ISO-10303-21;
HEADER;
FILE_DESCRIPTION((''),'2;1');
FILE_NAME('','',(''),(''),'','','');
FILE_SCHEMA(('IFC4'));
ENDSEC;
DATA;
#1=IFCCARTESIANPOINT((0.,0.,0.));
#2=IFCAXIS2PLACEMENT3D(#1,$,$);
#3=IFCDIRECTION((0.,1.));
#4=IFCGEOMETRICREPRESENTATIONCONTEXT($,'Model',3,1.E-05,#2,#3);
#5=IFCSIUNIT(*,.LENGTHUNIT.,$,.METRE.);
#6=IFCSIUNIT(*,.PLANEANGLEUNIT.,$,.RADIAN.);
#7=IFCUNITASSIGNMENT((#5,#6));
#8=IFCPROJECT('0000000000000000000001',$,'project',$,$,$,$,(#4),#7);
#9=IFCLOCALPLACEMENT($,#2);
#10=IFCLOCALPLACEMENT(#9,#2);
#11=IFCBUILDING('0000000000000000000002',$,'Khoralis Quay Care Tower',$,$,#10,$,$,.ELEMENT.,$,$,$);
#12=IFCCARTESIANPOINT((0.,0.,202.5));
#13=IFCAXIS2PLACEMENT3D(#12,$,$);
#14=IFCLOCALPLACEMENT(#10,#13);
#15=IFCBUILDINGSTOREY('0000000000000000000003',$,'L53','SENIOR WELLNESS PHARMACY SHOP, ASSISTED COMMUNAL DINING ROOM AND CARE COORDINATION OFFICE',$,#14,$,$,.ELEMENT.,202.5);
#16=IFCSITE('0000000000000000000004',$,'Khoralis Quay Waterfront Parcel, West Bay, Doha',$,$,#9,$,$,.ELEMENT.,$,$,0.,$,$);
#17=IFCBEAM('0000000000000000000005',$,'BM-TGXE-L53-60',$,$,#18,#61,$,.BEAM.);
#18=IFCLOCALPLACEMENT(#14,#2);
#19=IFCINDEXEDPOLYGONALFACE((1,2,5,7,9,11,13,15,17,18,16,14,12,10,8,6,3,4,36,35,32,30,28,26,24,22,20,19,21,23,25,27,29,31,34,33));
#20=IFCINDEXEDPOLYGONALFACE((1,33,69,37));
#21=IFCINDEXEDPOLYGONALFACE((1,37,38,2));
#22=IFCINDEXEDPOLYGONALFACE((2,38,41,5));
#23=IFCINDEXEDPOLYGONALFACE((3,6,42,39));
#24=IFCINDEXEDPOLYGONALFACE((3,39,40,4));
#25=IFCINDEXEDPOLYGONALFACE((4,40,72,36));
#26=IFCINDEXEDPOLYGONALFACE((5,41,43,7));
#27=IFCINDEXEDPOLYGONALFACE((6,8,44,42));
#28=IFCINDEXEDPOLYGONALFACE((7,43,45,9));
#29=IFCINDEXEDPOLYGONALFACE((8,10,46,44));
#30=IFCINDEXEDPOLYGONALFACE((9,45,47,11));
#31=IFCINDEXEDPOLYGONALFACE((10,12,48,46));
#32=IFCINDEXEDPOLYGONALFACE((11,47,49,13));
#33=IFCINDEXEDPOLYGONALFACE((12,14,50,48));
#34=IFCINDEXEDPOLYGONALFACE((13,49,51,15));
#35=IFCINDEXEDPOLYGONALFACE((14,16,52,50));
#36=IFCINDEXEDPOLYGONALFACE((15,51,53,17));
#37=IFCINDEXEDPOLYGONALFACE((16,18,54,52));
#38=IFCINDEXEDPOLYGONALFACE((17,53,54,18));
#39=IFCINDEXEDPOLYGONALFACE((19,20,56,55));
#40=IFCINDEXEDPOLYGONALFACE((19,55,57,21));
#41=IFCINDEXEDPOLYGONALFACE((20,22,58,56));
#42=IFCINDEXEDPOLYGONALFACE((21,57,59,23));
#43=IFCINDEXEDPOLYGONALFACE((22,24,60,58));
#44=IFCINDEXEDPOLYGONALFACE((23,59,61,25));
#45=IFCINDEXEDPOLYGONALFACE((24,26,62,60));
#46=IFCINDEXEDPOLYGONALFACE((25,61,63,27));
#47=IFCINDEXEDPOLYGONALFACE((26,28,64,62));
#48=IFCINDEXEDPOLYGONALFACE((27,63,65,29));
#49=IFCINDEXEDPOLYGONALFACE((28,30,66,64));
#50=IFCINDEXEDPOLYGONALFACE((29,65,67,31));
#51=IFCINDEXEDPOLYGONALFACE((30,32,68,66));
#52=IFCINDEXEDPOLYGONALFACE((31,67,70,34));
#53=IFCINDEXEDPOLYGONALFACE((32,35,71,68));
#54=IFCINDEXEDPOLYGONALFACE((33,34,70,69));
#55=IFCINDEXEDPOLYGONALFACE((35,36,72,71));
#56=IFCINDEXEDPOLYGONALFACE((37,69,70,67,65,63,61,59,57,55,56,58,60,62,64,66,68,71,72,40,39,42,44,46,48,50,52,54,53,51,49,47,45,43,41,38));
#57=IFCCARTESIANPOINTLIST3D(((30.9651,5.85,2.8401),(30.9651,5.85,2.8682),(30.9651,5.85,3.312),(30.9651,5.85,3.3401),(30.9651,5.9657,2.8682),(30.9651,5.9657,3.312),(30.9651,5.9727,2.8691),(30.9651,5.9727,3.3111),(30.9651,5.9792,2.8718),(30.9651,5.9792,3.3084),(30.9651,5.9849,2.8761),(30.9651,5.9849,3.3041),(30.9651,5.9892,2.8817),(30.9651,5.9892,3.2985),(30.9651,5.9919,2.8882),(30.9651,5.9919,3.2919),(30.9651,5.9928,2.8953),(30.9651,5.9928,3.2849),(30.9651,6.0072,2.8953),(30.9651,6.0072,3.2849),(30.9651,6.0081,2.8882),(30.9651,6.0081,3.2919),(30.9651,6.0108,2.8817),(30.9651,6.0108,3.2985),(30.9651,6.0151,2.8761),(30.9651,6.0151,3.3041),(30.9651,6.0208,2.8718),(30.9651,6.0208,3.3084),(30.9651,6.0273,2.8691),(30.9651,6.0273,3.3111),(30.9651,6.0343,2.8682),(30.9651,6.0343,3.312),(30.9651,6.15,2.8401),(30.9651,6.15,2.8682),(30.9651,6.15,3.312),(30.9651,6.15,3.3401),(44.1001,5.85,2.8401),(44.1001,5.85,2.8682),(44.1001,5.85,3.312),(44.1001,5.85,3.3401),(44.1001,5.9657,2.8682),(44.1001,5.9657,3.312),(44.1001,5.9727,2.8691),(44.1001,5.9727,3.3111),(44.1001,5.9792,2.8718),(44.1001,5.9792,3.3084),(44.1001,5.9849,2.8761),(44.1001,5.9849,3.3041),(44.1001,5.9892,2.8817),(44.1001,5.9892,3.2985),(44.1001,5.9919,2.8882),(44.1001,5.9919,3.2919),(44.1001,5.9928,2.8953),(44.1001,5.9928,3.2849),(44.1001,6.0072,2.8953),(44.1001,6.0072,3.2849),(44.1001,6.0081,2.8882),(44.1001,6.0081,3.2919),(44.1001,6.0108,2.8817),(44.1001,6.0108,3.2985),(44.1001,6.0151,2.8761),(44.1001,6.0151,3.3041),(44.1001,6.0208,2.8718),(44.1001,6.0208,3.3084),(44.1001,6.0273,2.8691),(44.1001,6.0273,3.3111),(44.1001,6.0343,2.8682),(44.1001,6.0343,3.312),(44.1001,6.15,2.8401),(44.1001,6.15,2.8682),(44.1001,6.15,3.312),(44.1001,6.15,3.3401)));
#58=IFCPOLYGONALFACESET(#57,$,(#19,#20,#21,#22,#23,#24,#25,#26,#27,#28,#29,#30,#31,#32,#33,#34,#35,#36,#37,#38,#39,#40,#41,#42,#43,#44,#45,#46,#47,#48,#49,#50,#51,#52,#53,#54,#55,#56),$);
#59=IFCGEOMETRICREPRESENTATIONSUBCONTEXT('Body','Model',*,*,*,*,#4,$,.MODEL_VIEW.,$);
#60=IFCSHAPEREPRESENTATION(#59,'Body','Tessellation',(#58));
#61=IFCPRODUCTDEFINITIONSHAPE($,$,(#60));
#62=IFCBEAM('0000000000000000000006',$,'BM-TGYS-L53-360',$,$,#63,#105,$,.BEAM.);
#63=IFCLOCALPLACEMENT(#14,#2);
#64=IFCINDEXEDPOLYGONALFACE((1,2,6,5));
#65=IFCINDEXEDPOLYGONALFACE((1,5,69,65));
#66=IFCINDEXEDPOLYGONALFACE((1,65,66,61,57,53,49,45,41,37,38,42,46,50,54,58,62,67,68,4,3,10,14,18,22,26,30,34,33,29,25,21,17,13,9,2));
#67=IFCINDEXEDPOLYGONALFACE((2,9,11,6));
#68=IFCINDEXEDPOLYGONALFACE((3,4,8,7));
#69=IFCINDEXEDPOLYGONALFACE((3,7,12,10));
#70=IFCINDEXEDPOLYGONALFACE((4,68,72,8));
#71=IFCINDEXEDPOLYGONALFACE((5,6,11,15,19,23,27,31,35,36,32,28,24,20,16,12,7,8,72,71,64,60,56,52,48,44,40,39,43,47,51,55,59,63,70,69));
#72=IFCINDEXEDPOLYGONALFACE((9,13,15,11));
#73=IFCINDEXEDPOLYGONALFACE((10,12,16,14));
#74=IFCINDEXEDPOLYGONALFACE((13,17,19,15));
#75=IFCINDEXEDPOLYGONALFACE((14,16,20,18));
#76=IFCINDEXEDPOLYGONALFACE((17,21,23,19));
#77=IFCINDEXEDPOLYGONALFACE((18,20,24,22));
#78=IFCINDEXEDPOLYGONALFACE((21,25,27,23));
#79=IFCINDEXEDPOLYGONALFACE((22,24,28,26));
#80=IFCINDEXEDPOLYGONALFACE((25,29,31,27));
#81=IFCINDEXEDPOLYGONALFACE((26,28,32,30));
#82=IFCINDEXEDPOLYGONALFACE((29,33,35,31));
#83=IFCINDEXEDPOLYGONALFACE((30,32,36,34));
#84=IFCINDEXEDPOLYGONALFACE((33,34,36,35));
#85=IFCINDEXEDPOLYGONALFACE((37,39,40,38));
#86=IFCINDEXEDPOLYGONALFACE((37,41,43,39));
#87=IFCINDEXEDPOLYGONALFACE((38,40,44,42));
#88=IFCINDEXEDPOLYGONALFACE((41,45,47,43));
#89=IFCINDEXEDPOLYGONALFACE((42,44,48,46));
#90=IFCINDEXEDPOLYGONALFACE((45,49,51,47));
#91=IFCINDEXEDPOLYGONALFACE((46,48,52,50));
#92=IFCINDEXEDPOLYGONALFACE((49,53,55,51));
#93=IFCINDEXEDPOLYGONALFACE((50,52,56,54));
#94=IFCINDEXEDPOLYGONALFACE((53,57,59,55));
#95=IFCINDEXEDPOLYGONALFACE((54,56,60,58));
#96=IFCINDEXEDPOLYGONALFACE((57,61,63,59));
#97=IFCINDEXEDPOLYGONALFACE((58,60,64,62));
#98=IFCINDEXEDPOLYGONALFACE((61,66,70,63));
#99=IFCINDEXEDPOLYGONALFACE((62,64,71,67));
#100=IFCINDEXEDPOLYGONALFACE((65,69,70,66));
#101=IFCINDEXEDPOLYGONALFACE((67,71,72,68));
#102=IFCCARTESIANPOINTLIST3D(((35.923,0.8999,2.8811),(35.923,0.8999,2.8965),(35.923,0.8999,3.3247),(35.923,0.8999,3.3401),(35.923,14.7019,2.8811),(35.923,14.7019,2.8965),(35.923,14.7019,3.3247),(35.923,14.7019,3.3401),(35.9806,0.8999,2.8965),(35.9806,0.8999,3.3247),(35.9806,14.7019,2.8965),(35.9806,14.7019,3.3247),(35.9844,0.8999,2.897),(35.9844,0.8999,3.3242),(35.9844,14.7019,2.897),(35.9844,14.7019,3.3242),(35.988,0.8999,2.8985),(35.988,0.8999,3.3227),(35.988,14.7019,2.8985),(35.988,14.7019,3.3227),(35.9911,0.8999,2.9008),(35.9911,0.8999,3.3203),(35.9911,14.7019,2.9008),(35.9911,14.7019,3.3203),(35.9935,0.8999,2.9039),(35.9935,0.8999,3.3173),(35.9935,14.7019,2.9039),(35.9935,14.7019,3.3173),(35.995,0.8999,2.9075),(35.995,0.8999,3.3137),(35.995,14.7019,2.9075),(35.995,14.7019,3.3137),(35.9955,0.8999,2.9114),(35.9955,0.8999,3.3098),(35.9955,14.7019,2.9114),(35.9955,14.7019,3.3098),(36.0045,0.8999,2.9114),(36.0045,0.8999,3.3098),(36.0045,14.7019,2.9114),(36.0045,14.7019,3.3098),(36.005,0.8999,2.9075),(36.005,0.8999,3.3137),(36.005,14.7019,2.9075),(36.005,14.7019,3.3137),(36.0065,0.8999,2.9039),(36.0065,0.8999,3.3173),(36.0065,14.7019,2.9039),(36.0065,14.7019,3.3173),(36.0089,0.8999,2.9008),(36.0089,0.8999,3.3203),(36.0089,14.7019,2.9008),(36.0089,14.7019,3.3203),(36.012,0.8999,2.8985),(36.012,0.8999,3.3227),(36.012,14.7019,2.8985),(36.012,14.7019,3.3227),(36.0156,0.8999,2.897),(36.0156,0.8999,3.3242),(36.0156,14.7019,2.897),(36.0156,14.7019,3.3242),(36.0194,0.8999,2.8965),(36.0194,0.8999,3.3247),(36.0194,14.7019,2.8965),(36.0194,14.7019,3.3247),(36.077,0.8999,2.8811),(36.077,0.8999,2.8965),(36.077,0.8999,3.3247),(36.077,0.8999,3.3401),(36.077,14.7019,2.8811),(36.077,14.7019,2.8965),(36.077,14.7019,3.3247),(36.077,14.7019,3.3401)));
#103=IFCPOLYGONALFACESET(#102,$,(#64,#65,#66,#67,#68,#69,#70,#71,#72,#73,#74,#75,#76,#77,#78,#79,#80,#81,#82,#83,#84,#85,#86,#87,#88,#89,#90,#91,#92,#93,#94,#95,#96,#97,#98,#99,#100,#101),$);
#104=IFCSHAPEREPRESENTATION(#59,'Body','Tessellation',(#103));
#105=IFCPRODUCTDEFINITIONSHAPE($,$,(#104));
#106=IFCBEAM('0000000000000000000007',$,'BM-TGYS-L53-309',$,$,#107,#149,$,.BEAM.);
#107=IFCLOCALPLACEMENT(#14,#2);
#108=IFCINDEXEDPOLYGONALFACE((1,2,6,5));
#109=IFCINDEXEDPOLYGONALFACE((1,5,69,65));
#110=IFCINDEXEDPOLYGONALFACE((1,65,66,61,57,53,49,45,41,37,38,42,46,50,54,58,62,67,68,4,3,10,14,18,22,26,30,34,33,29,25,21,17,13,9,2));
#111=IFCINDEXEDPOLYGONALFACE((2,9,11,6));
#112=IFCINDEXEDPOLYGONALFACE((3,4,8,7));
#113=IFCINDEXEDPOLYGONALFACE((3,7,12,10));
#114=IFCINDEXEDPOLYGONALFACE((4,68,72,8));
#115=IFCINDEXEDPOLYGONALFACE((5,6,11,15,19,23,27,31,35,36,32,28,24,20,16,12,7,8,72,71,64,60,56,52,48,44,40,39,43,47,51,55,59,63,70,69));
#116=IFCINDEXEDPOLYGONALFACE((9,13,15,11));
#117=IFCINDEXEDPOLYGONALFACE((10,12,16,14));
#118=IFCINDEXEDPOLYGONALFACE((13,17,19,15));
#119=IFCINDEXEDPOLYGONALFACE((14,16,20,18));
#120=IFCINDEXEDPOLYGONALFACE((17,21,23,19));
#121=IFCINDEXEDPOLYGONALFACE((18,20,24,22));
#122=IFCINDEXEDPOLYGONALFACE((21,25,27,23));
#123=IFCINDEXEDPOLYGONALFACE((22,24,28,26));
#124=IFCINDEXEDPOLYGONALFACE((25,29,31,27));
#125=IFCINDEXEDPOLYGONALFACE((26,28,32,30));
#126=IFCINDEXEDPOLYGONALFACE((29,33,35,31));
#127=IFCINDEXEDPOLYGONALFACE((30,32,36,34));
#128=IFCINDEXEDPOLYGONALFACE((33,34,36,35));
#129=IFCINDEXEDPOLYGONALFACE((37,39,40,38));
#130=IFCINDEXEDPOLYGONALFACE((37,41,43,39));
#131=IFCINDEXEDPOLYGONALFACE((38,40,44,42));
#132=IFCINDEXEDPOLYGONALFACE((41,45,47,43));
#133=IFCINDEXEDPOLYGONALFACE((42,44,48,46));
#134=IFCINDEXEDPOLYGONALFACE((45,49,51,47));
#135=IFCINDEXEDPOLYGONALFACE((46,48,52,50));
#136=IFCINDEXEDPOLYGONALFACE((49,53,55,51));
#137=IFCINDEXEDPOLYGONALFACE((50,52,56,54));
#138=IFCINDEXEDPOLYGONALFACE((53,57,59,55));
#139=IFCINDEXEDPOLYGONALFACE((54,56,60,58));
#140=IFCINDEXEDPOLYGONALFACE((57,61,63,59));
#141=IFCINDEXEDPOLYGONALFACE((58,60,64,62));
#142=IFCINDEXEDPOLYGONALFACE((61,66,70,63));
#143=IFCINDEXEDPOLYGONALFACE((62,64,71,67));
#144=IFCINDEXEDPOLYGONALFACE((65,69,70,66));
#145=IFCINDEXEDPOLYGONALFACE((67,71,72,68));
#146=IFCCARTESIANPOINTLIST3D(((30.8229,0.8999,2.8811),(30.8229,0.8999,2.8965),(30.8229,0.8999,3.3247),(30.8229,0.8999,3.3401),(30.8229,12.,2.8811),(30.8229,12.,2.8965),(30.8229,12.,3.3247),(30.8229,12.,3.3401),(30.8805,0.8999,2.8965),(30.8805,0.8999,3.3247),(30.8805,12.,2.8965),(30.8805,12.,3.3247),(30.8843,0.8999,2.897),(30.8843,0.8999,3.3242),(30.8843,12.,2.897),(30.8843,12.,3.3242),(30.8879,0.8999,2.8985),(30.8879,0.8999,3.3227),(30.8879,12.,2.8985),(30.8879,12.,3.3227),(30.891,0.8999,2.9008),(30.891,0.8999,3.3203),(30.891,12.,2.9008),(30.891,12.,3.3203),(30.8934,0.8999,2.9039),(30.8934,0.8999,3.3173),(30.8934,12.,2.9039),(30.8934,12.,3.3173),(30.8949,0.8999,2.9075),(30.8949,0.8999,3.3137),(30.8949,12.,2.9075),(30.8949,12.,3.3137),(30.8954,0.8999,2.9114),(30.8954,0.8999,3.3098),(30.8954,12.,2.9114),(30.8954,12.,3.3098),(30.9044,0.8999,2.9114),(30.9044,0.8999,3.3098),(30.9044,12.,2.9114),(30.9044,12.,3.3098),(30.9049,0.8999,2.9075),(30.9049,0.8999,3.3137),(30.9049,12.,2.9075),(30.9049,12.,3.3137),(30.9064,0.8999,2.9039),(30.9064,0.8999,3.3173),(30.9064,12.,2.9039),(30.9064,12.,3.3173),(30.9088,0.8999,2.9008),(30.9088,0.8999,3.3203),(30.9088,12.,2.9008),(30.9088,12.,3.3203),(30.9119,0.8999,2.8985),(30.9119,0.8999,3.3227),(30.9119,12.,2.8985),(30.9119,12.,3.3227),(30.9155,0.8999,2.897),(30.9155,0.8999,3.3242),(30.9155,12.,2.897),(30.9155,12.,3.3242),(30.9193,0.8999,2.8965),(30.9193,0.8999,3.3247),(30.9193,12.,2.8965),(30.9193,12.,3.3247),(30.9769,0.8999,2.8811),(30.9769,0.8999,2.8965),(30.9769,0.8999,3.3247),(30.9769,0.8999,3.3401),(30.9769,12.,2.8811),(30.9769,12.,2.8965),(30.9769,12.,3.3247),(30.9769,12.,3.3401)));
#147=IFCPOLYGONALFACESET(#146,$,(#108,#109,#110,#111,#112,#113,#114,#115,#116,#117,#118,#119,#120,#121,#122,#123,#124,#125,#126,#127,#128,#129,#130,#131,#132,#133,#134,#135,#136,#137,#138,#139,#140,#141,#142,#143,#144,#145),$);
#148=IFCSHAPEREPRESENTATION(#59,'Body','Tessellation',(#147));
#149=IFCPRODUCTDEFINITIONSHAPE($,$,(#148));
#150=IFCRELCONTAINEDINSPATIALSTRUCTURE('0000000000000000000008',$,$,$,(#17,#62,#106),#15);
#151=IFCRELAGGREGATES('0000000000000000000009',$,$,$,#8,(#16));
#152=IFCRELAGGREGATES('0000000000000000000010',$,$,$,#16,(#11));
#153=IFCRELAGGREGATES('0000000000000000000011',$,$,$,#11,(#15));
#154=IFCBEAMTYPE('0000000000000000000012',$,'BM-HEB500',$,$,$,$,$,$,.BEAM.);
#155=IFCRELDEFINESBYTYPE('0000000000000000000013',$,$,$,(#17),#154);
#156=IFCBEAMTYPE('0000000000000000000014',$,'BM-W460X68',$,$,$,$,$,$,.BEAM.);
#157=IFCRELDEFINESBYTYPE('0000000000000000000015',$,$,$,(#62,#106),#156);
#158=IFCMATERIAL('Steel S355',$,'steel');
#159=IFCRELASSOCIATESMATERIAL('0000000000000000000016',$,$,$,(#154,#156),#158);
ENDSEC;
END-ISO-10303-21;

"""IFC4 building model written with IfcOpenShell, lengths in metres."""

from ifc_helpers import new_model, si_unit, direction, frame, origin, origin_2d, place, context, subcontext, project, spatial, i_section, extrude, source, transform, mapped, material, material_profile, profile_set, type_object, element, save


model = new_model("IFC4")

# Units and contexts
model_context = context("Model", 3, precision=1e-05, world=origin(), true_north=direction((0.0, 1.0)))
body_context = subcontext(model_context, "Body", "Model", "MODEL_VIEW")
ifc_project = project(units=[si_unit("LENGTHUNIT", "METRE"), si_unit("PLANEANGLEUNIT", "RADIAN")], contexts=[model_context])

# Site, building, storey
site_placement = place(None, origin())
site = spatial("IfcSite", under=ifc_project, at=site_placement, Name="Khoralis Quay Waterfront Parcel, West Bay, Doha", CompositionType="ELEMENT", RefElevation=0.0)
building_placement = place(site_placement, origin())
building = spatial("IfcBuilding", under=site, at=building_placement, Name="Khoralis Quay Care Tower", CompositionType="ELEMENT")
storey_placement = place(building_placement, frame((0.0, 0.0, 202.5)))
storey = spatial("IfcBuildingStorey", under=building, at=storey_placement, Name="L53", Description="SENIOR WELLNESS PHARMACY SHOP, ASSISTED COMMUNAL DINING ROOM AND CARE COORDINATION OFFICE", CompositionType="ELEMENT", Elevation=202.5)

# Beams
ifc_material_1 = material(Name="Steel S355", Category="steel")
ifc_material_profile_1 = material_profile(ifc_material_1, i_section(OverallWidth=0.3, OverallDepth=0.5, WebThickness=0.0144, FlangeThickness=0.0281, FilletRadius=0.0271, at=origin_2d()), Name="Steel S355")
ifc_profile_set_1 = profile_set([ifc_material_profile_1], Name="Steel S355")
beam_type_1 = type_object("IfcBeamType", Name="BM-HEB500", PredefinedType="BEAM", material=ifc_profile_set_1)
shared_shape_1 = source(origin(), body_context, "Body", "SweptSolid", [
    extrude(i_section(OverallWidth=0.3, OverallDepth=0.5, WebThickness=0.0144, FlangeThickness=0.0281, FilletRadius=0.0271, at=origin_2d()), origin(), (0.0, 0.0, 1.0), 13.135),
])
beam_1_placement = place(storey_placement, frame((30.9651, 6.0, 3.0901), z_axis=(1.0, 0.0, 0.0), x_axis=(0.0, 1.0, 0.0)))
element("IfcBeam", 1, at=beam_1_placement, inside=storey, type_object=beam_type_1, Name="BM-TGXE-L53-60", PredefinedType="BEAM", context=body_context, shape_type="MappedRepresentation", body=[
    mapped(shared_shape_1, transform((0.0, 0.0, 0.0), scale=1.0)),
])
ifc_material_profile_2 = material_profile(ifc_material_1, i_section(OverallWidth=0.1541, OverallDepth=0.459, WebThickness=0.009, FlangeThickness=0.0154, FilletRadius=0.0149, at=origin_2d()), Name="Steel S355")
ifc_profile_set_2 = profile_set([ifc_material_profile_2], Name="Steel S355")
beam_type_2 = type_object("IfcBeamType", Name="BM-W460X68", PredefinedType="BEAM", material=ifc_profile_set_2)
shared_shape_2 = source(origin(), body_context, "Body", "SweptSolid", [
    extrude(i_section(OverallWidth=0.1541, OverallDepth=0.459, WebThickness=0.009, FlangeThickness=0.0154, FilletRadius=0.0149, at=origin_2d()), origin(), (0.0, 0.0, 1.0), 13.802),
])
beam_2_placement = place(storey_placement, frame((36.0, 0.8999, 3.1106), z_axis=(0.0, 1.0, 0.0), x_axis=(-1.0, 0.0, 0.0)))
element("IfcBeam", 2, at=beam_2_placement, inside=storey, type_object=beam_type_2, Name="BM-TGYS-L53-360", PredefinedType="BEAM", context=body_context, shape_type="MappedRepresentation", body=[
    mapped(shared_shape_2, transform((0.0, 0.0, 0.0), scale=1.0)),
])
shared_shape_3 = source(origin(), body_context, "Body", "SweptSolid", [
    extrude(i_section(OverallWidth=0.1541, OverallDepth=0.459, WebThickness=0.009, FlangeThickness=0.0154, FilletRadius=0.0149, at=origin_2d()), origin(), (0.0, 0.0, 1.0), 11.1001),
])
beam_3_placement = place(storey_placement, frame((30.8999, 0.8999, 3.1106), z_axis=(0.0, 1.0, 0.0), x_axis=(-1.0, 0.0, 0.0)))
element("IfcBeam", 3, at=beam_3_placement, inside=storey, type_object=beam_type_2, Name="BM-TGYS-L53-309", PredefinedType="BEAM", context=body_context, shape_type="MappedRepresentation", body=[
    mapped(shared_shape_3, transform((0.0, 0.0, 0.0), scale=1.0)),
])

save(model, "model.ifc")
